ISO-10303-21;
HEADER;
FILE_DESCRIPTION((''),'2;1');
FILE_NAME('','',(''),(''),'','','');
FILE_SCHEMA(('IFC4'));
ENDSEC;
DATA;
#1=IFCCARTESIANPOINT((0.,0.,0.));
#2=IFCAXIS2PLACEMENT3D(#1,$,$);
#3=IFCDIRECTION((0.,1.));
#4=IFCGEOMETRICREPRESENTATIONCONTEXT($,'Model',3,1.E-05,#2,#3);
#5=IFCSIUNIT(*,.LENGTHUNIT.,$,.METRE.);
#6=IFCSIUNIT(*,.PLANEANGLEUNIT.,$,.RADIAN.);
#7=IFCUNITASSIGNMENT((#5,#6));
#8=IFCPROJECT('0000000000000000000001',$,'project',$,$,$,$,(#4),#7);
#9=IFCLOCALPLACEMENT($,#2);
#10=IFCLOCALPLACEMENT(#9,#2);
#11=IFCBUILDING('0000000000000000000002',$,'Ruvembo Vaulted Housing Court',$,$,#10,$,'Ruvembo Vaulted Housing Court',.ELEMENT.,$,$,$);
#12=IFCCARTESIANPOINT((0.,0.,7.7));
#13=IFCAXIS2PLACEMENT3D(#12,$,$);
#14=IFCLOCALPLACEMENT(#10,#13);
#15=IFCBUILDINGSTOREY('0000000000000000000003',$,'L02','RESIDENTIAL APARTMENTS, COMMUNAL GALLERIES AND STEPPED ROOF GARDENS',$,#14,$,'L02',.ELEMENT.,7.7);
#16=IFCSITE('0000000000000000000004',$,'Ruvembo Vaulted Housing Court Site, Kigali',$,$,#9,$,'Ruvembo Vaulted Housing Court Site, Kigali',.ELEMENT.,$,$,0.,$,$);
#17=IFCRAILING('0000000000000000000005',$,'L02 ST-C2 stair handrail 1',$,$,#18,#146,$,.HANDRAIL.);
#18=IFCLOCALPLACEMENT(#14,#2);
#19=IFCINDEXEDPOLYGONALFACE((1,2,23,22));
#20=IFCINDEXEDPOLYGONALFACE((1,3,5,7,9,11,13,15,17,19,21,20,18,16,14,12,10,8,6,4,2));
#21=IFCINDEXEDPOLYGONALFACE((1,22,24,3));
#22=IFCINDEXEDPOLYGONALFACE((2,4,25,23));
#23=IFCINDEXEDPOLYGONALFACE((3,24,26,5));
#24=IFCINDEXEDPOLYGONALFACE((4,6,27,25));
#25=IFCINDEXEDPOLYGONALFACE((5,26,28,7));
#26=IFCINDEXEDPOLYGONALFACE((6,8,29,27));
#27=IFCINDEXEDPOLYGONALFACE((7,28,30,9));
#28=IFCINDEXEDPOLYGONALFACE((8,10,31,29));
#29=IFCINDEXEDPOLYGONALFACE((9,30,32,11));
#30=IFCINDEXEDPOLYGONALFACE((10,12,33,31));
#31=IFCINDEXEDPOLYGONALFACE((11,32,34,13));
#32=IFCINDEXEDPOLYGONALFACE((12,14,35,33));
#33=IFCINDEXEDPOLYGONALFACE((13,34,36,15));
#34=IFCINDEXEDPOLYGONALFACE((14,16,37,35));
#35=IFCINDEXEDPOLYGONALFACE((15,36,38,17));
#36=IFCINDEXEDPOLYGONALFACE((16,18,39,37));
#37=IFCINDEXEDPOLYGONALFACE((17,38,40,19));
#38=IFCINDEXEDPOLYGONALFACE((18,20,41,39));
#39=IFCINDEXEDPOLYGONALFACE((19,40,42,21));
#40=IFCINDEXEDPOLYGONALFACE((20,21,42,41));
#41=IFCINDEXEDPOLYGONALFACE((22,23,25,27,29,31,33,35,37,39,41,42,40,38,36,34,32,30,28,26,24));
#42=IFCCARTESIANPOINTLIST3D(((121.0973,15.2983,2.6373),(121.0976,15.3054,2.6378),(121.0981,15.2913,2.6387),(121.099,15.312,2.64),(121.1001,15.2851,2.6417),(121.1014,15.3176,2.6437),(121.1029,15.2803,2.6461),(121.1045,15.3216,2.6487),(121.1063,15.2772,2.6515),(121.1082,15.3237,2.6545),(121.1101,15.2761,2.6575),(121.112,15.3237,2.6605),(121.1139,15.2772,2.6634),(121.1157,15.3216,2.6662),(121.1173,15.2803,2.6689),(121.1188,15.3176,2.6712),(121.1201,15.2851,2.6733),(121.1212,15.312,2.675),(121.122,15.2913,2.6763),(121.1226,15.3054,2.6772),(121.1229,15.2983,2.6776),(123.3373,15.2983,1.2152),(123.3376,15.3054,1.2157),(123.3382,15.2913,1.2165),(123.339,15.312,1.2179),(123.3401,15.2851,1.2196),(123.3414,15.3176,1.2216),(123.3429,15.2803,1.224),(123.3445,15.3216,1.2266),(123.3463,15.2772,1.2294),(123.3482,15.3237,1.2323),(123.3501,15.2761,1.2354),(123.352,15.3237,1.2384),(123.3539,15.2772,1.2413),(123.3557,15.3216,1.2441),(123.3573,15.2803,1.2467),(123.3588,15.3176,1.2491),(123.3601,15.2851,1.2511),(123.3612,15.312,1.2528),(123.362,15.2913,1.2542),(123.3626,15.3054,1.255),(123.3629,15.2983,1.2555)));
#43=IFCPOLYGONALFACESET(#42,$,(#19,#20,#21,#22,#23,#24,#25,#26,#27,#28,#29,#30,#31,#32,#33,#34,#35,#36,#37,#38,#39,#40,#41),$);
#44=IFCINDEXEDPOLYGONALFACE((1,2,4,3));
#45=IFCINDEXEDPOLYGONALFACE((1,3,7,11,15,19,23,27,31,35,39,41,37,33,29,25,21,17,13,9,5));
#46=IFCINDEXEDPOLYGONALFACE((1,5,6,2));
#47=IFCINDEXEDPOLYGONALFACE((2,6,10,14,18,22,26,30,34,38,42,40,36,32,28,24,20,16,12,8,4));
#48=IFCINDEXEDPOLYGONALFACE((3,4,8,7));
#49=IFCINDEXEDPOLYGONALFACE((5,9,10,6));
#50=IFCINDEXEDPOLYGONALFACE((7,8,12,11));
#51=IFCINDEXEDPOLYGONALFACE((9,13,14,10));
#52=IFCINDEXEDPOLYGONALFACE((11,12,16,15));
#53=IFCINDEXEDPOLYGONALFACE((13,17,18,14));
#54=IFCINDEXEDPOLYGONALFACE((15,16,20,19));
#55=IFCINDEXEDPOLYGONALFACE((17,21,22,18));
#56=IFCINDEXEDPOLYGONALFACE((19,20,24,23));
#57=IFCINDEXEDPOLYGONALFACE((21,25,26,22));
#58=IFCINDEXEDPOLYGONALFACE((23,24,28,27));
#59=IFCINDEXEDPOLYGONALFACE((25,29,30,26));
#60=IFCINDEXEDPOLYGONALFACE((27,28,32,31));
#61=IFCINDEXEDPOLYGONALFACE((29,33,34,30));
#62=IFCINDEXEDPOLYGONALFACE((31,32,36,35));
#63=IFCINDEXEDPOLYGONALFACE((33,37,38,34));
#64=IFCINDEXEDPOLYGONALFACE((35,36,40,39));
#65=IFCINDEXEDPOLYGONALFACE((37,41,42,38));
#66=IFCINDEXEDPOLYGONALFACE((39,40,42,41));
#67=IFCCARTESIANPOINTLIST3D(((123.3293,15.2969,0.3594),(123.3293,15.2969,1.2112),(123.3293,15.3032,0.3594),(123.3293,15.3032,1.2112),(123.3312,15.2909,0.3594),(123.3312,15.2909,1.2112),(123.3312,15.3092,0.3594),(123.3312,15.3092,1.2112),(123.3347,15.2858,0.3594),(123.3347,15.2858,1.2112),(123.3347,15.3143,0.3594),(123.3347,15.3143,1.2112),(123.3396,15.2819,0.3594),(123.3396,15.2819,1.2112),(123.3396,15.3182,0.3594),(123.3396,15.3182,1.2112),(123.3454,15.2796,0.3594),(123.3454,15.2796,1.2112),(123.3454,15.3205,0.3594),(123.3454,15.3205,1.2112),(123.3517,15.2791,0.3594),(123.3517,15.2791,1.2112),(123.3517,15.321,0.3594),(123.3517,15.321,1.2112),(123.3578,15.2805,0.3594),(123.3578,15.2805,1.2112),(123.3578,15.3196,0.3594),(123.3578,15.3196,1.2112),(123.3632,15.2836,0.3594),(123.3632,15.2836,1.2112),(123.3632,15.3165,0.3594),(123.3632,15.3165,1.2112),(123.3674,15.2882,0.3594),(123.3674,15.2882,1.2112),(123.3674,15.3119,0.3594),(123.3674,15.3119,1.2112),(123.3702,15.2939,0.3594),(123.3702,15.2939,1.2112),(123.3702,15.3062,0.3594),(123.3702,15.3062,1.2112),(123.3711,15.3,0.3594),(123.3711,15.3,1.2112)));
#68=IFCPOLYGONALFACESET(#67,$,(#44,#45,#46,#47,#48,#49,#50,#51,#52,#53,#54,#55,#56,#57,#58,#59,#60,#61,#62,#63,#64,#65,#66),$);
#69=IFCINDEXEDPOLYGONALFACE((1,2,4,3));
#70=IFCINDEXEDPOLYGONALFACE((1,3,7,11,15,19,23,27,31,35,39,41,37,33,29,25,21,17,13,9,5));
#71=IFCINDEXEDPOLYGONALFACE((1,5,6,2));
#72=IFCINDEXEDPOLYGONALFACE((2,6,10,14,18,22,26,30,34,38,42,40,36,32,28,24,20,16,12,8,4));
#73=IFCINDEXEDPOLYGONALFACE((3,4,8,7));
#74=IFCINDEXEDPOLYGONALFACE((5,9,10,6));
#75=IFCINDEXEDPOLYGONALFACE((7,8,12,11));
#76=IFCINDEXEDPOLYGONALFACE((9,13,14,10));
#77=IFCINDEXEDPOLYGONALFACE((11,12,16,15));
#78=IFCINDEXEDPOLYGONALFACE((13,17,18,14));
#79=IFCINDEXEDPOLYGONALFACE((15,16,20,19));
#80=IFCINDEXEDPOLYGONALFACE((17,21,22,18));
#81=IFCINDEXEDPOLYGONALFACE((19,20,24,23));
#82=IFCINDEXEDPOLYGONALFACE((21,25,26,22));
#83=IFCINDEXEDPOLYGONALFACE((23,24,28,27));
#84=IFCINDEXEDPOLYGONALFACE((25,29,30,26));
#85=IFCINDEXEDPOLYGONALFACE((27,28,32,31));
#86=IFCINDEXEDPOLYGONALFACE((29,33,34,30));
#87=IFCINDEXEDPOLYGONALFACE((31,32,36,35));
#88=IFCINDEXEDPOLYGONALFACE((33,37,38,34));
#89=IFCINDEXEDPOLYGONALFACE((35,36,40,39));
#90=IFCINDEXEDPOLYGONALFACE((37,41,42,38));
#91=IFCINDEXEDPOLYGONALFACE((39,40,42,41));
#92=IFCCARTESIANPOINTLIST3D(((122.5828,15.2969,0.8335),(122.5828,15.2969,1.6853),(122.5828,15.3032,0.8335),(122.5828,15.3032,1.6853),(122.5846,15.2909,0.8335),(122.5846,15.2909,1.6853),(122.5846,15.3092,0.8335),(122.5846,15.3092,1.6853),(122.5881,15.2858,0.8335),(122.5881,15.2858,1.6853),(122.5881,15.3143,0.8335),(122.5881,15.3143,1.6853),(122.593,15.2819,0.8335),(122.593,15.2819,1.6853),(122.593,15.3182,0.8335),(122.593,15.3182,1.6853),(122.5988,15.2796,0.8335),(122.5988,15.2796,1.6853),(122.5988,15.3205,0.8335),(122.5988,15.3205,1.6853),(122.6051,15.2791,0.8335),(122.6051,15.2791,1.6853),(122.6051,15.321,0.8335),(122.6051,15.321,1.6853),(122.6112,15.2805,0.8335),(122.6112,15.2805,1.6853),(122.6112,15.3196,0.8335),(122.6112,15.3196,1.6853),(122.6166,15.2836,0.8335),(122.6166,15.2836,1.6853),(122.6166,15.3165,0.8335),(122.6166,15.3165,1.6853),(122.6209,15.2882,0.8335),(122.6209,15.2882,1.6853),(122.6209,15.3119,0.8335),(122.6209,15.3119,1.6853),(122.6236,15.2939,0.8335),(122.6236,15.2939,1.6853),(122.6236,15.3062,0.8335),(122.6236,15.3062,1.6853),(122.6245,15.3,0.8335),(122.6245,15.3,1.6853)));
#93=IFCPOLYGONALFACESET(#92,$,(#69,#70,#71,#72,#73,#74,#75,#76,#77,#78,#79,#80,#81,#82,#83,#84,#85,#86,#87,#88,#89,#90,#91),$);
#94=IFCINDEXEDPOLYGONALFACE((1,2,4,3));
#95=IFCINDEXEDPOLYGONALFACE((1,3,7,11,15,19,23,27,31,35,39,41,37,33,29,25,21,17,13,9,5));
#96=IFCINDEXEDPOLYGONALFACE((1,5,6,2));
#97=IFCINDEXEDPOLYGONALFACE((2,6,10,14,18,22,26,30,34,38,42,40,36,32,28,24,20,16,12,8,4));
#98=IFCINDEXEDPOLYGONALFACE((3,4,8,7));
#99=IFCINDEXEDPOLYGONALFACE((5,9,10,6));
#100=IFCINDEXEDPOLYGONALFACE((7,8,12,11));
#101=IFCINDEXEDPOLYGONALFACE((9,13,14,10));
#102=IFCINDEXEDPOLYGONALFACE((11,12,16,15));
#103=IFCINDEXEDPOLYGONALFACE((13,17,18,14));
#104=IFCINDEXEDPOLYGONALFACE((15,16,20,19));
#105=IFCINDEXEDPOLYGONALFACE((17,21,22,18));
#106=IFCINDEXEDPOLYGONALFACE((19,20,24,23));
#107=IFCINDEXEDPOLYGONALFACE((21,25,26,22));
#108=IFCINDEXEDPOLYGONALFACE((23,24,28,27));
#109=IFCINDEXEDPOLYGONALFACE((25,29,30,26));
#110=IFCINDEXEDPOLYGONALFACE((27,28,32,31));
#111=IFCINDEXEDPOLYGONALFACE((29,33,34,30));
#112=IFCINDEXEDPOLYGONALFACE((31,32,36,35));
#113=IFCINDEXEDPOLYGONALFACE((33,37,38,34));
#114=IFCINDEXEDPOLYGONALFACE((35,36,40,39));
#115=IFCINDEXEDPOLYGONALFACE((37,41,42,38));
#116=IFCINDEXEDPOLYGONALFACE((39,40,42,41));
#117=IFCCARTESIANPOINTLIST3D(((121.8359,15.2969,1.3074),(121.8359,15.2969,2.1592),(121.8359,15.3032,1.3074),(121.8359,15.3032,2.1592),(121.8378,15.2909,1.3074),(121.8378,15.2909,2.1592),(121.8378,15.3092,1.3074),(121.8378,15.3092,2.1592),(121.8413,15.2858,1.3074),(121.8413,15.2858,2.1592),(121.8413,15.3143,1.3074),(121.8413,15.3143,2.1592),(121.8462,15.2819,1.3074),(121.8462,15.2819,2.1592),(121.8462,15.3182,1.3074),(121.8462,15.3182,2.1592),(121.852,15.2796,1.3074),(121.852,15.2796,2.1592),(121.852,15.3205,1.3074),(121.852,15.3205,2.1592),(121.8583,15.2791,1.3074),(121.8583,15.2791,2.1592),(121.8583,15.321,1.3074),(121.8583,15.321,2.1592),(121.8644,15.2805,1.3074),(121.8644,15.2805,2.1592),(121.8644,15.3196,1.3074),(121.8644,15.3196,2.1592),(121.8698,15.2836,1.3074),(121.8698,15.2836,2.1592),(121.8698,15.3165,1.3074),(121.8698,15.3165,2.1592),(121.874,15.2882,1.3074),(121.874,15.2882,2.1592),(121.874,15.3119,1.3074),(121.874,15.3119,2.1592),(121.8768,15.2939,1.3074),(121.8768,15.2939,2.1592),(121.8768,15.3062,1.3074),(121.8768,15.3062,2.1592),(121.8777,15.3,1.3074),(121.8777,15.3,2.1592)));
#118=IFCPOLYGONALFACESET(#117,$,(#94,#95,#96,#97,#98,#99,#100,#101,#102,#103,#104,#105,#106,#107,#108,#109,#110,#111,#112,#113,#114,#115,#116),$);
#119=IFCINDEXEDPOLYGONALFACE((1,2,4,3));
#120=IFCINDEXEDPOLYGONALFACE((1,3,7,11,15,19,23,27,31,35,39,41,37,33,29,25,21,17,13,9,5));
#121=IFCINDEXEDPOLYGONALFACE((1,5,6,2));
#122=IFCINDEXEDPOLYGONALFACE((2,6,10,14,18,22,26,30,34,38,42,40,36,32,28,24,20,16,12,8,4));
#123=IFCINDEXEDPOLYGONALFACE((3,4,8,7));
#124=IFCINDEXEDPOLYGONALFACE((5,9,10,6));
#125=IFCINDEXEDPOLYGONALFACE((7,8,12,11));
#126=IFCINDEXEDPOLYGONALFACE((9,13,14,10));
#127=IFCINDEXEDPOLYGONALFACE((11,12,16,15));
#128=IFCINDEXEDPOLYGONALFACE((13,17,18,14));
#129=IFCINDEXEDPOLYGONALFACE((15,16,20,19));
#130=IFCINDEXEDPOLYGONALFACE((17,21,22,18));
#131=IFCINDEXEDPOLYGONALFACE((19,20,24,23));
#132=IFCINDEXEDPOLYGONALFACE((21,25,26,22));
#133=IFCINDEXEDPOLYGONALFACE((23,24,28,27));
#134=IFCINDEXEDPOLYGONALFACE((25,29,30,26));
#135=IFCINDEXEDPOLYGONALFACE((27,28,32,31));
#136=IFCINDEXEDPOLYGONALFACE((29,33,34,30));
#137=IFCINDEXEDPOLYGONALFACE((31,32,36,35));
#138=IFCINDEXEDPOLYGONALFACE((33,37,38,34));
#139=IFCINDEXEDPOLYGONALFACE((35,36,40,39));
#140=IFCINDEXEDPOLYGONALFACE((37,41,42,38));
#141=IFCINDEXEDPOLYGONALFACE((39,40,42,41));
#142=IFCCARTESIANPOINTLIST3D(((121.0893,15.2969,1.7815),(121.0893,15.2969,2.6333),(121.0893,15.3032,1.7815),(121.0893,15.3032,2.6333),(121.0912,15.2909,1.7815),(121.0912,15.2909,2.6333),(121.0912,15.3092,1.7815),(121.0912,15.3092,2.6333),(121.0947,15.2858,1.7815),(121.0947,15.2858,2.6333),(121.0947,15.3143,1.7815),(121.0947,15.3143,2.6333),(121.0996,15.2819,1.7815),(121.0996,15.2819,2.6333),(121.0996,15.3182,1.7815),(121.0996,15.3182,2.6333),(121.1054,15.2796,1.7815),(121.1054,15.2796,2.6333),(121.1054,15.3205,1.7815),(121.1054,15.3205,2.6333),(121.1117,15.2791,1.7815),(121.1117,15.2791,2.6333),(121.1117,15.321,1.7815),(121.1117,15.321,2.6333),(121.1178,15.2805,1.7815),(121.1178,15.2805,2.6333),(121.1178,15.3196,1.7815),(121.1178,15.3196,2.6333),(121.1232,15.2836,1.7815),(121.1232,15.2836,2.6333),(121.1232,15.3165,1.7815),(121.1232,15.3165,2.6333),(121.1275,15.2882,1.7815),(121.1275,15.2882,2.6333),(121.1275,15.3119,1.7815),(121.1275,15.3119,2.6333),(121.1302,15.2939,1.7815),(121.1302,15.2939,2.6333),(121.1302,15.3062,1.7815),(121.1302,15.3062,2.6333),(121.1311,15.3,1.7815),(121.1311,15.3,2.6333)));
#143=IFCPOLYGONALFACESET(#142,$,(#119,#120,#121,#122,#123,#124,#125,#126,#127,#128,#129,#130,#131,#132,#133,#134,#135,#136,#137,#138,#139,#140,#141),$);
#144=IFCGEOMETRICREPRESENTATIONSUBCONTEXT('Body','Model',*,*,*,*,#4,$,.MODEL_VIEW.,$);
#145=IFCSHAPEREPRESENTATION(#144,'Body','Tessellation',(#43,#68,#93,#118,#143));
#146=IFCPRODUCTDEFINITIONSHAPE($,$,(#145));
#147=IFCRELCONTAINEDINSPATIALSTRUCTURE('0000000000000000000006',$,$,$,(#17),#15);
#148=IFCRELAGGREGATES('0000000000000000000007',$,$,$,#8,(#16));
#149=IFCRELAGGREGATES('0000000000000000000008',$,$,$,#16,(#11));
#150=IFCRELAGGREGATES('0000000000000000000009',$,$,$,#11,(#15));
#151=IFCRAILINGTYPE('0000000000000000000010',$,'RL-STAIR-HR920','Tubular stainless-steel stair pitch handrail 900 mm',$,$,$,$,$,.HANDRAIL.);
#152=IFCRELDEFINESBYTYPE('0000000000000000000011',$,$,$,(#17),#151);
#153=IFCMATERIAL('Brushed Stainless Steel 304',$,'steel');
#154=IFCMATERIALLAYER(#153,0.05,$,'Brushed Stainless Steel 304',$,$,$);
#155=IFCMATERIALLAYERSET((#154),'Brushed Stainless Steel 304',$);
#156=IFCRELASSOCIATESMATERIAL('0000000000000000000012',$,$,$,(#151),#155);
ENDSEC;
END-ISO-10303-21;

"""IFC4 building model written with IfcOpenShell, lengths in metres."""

from ifc_helpers import new_model, si_unit, direction, frame, origin, origin_2d, place, context, subcontext, project, spatial, circle, extrude, material, layer, layer_set, type_object, element, save


model = new_model("IFC4")

# Units and contexts
model_context = context("Model", 3, precision=1e-05, world=origin(), true_north=direction((0.0, 1.0)))
body_context = subcontext(model_context, "Body", "Model", "MODEL_VIEW")
ifc_project = project(units=[si_unit("LENGTHUNIT", "METRE"), si_unit("PLANEANGLEUNIT", "RADIAN")], contexts=[model_context])

# Site, building, storey
site_placement = place(None, origin())
site = spatial("IfcSite", under=ifc_project, at=site_placement, Name="Ruvembo Vaulted Housing Court Site, Kigali", LongName="Ruvembo Vaulted Housing Court Site, Kigali", CompositionType="ELEMENT", RefElevation=0.0)
building_placement = place(site_placement, origin())
building = spatial("IfcBuilding", under=site, at=building_placement, Name="Ruvembo Vaulted Housing Court", LongName="Ruvembo Vaulted Housing Court", CompositionType="ELEMENT")
storey_placement = place(building_placement, frame((0.0, 0.0, 7.7)))
storey = spatial("IfcBuildingStorey", under=building, at=storey_placement, Name="L02", Description="RESIDENTIAL APARTMENTS, COMMUNAL GALLERIES AND STEPPED ROOF GARDENS", LongName="L02", CompositionType="ELEMENT", Elevation=7.7)

# Shared definitions
ifc_material_1 = material(Name="Brushed Stainless Steel 304", Category="steel")

# Railing
ifc_layer_1 = layer(ifc_material_1, 0.05, Name="Brushed Stainless Steel 304")
ifc_layer_set_1 = layer_set([ifc_layer_1], Name="Brushed Stainless Steel 304")
railing_type_1 = type_object("IfcRailingType", Name="RL-STAIR-HR920", Description="Tubular stainless-steel stair pitch handrail 900 mm", PredefinedType="HANDRAIL", material=ifc_layer_set_1)
railing_1_placement = place(storey_placement, frame((123.3501, 15.3, 0.3594)))
element("IfcRailing", 1, at=railing_1_placement, inside=storey, type_object=railing_type_1, Name="L02 ST-C2 stair handrail 1", PredefinedType="HANDRAIL", context=body_context, shape_type="SweptSolid", body=[
    extrude(circle(Radius=0.0239, at=origin_2d()), frame((0.0, 0.0, 0.876), z_axis=(-0.844229, 0.0, 0.535982), x_axis=(0.0, -1.0, 0.0)), (0.0, 0.0, 1.0), 2.6533),
    extrude(circle(Radius=0.021, at=origin_2d()), origin(), (0.0, 0.0, 1.0), 0.8518),
    extrude(circle(Radius=0.021, at=origin_2d()), frame((-0.7466, 0.0, 0.4741)), (0.0, 0.0, 1.0), 0.8518),
    extrude(circle(Radius=0.021, at=origin_2d()), frame((-1.4934, 0.0, 0.948)), (0.0, 0.0, 1.0), 0.8518),
    extrude(circle(Radius=0.021, at=origin_2d()), frame((-2.24, 0.0, 1.4221)), (0.0, 0.0, 1.0), 0.8518),
])

save(model, "model.ifc")
